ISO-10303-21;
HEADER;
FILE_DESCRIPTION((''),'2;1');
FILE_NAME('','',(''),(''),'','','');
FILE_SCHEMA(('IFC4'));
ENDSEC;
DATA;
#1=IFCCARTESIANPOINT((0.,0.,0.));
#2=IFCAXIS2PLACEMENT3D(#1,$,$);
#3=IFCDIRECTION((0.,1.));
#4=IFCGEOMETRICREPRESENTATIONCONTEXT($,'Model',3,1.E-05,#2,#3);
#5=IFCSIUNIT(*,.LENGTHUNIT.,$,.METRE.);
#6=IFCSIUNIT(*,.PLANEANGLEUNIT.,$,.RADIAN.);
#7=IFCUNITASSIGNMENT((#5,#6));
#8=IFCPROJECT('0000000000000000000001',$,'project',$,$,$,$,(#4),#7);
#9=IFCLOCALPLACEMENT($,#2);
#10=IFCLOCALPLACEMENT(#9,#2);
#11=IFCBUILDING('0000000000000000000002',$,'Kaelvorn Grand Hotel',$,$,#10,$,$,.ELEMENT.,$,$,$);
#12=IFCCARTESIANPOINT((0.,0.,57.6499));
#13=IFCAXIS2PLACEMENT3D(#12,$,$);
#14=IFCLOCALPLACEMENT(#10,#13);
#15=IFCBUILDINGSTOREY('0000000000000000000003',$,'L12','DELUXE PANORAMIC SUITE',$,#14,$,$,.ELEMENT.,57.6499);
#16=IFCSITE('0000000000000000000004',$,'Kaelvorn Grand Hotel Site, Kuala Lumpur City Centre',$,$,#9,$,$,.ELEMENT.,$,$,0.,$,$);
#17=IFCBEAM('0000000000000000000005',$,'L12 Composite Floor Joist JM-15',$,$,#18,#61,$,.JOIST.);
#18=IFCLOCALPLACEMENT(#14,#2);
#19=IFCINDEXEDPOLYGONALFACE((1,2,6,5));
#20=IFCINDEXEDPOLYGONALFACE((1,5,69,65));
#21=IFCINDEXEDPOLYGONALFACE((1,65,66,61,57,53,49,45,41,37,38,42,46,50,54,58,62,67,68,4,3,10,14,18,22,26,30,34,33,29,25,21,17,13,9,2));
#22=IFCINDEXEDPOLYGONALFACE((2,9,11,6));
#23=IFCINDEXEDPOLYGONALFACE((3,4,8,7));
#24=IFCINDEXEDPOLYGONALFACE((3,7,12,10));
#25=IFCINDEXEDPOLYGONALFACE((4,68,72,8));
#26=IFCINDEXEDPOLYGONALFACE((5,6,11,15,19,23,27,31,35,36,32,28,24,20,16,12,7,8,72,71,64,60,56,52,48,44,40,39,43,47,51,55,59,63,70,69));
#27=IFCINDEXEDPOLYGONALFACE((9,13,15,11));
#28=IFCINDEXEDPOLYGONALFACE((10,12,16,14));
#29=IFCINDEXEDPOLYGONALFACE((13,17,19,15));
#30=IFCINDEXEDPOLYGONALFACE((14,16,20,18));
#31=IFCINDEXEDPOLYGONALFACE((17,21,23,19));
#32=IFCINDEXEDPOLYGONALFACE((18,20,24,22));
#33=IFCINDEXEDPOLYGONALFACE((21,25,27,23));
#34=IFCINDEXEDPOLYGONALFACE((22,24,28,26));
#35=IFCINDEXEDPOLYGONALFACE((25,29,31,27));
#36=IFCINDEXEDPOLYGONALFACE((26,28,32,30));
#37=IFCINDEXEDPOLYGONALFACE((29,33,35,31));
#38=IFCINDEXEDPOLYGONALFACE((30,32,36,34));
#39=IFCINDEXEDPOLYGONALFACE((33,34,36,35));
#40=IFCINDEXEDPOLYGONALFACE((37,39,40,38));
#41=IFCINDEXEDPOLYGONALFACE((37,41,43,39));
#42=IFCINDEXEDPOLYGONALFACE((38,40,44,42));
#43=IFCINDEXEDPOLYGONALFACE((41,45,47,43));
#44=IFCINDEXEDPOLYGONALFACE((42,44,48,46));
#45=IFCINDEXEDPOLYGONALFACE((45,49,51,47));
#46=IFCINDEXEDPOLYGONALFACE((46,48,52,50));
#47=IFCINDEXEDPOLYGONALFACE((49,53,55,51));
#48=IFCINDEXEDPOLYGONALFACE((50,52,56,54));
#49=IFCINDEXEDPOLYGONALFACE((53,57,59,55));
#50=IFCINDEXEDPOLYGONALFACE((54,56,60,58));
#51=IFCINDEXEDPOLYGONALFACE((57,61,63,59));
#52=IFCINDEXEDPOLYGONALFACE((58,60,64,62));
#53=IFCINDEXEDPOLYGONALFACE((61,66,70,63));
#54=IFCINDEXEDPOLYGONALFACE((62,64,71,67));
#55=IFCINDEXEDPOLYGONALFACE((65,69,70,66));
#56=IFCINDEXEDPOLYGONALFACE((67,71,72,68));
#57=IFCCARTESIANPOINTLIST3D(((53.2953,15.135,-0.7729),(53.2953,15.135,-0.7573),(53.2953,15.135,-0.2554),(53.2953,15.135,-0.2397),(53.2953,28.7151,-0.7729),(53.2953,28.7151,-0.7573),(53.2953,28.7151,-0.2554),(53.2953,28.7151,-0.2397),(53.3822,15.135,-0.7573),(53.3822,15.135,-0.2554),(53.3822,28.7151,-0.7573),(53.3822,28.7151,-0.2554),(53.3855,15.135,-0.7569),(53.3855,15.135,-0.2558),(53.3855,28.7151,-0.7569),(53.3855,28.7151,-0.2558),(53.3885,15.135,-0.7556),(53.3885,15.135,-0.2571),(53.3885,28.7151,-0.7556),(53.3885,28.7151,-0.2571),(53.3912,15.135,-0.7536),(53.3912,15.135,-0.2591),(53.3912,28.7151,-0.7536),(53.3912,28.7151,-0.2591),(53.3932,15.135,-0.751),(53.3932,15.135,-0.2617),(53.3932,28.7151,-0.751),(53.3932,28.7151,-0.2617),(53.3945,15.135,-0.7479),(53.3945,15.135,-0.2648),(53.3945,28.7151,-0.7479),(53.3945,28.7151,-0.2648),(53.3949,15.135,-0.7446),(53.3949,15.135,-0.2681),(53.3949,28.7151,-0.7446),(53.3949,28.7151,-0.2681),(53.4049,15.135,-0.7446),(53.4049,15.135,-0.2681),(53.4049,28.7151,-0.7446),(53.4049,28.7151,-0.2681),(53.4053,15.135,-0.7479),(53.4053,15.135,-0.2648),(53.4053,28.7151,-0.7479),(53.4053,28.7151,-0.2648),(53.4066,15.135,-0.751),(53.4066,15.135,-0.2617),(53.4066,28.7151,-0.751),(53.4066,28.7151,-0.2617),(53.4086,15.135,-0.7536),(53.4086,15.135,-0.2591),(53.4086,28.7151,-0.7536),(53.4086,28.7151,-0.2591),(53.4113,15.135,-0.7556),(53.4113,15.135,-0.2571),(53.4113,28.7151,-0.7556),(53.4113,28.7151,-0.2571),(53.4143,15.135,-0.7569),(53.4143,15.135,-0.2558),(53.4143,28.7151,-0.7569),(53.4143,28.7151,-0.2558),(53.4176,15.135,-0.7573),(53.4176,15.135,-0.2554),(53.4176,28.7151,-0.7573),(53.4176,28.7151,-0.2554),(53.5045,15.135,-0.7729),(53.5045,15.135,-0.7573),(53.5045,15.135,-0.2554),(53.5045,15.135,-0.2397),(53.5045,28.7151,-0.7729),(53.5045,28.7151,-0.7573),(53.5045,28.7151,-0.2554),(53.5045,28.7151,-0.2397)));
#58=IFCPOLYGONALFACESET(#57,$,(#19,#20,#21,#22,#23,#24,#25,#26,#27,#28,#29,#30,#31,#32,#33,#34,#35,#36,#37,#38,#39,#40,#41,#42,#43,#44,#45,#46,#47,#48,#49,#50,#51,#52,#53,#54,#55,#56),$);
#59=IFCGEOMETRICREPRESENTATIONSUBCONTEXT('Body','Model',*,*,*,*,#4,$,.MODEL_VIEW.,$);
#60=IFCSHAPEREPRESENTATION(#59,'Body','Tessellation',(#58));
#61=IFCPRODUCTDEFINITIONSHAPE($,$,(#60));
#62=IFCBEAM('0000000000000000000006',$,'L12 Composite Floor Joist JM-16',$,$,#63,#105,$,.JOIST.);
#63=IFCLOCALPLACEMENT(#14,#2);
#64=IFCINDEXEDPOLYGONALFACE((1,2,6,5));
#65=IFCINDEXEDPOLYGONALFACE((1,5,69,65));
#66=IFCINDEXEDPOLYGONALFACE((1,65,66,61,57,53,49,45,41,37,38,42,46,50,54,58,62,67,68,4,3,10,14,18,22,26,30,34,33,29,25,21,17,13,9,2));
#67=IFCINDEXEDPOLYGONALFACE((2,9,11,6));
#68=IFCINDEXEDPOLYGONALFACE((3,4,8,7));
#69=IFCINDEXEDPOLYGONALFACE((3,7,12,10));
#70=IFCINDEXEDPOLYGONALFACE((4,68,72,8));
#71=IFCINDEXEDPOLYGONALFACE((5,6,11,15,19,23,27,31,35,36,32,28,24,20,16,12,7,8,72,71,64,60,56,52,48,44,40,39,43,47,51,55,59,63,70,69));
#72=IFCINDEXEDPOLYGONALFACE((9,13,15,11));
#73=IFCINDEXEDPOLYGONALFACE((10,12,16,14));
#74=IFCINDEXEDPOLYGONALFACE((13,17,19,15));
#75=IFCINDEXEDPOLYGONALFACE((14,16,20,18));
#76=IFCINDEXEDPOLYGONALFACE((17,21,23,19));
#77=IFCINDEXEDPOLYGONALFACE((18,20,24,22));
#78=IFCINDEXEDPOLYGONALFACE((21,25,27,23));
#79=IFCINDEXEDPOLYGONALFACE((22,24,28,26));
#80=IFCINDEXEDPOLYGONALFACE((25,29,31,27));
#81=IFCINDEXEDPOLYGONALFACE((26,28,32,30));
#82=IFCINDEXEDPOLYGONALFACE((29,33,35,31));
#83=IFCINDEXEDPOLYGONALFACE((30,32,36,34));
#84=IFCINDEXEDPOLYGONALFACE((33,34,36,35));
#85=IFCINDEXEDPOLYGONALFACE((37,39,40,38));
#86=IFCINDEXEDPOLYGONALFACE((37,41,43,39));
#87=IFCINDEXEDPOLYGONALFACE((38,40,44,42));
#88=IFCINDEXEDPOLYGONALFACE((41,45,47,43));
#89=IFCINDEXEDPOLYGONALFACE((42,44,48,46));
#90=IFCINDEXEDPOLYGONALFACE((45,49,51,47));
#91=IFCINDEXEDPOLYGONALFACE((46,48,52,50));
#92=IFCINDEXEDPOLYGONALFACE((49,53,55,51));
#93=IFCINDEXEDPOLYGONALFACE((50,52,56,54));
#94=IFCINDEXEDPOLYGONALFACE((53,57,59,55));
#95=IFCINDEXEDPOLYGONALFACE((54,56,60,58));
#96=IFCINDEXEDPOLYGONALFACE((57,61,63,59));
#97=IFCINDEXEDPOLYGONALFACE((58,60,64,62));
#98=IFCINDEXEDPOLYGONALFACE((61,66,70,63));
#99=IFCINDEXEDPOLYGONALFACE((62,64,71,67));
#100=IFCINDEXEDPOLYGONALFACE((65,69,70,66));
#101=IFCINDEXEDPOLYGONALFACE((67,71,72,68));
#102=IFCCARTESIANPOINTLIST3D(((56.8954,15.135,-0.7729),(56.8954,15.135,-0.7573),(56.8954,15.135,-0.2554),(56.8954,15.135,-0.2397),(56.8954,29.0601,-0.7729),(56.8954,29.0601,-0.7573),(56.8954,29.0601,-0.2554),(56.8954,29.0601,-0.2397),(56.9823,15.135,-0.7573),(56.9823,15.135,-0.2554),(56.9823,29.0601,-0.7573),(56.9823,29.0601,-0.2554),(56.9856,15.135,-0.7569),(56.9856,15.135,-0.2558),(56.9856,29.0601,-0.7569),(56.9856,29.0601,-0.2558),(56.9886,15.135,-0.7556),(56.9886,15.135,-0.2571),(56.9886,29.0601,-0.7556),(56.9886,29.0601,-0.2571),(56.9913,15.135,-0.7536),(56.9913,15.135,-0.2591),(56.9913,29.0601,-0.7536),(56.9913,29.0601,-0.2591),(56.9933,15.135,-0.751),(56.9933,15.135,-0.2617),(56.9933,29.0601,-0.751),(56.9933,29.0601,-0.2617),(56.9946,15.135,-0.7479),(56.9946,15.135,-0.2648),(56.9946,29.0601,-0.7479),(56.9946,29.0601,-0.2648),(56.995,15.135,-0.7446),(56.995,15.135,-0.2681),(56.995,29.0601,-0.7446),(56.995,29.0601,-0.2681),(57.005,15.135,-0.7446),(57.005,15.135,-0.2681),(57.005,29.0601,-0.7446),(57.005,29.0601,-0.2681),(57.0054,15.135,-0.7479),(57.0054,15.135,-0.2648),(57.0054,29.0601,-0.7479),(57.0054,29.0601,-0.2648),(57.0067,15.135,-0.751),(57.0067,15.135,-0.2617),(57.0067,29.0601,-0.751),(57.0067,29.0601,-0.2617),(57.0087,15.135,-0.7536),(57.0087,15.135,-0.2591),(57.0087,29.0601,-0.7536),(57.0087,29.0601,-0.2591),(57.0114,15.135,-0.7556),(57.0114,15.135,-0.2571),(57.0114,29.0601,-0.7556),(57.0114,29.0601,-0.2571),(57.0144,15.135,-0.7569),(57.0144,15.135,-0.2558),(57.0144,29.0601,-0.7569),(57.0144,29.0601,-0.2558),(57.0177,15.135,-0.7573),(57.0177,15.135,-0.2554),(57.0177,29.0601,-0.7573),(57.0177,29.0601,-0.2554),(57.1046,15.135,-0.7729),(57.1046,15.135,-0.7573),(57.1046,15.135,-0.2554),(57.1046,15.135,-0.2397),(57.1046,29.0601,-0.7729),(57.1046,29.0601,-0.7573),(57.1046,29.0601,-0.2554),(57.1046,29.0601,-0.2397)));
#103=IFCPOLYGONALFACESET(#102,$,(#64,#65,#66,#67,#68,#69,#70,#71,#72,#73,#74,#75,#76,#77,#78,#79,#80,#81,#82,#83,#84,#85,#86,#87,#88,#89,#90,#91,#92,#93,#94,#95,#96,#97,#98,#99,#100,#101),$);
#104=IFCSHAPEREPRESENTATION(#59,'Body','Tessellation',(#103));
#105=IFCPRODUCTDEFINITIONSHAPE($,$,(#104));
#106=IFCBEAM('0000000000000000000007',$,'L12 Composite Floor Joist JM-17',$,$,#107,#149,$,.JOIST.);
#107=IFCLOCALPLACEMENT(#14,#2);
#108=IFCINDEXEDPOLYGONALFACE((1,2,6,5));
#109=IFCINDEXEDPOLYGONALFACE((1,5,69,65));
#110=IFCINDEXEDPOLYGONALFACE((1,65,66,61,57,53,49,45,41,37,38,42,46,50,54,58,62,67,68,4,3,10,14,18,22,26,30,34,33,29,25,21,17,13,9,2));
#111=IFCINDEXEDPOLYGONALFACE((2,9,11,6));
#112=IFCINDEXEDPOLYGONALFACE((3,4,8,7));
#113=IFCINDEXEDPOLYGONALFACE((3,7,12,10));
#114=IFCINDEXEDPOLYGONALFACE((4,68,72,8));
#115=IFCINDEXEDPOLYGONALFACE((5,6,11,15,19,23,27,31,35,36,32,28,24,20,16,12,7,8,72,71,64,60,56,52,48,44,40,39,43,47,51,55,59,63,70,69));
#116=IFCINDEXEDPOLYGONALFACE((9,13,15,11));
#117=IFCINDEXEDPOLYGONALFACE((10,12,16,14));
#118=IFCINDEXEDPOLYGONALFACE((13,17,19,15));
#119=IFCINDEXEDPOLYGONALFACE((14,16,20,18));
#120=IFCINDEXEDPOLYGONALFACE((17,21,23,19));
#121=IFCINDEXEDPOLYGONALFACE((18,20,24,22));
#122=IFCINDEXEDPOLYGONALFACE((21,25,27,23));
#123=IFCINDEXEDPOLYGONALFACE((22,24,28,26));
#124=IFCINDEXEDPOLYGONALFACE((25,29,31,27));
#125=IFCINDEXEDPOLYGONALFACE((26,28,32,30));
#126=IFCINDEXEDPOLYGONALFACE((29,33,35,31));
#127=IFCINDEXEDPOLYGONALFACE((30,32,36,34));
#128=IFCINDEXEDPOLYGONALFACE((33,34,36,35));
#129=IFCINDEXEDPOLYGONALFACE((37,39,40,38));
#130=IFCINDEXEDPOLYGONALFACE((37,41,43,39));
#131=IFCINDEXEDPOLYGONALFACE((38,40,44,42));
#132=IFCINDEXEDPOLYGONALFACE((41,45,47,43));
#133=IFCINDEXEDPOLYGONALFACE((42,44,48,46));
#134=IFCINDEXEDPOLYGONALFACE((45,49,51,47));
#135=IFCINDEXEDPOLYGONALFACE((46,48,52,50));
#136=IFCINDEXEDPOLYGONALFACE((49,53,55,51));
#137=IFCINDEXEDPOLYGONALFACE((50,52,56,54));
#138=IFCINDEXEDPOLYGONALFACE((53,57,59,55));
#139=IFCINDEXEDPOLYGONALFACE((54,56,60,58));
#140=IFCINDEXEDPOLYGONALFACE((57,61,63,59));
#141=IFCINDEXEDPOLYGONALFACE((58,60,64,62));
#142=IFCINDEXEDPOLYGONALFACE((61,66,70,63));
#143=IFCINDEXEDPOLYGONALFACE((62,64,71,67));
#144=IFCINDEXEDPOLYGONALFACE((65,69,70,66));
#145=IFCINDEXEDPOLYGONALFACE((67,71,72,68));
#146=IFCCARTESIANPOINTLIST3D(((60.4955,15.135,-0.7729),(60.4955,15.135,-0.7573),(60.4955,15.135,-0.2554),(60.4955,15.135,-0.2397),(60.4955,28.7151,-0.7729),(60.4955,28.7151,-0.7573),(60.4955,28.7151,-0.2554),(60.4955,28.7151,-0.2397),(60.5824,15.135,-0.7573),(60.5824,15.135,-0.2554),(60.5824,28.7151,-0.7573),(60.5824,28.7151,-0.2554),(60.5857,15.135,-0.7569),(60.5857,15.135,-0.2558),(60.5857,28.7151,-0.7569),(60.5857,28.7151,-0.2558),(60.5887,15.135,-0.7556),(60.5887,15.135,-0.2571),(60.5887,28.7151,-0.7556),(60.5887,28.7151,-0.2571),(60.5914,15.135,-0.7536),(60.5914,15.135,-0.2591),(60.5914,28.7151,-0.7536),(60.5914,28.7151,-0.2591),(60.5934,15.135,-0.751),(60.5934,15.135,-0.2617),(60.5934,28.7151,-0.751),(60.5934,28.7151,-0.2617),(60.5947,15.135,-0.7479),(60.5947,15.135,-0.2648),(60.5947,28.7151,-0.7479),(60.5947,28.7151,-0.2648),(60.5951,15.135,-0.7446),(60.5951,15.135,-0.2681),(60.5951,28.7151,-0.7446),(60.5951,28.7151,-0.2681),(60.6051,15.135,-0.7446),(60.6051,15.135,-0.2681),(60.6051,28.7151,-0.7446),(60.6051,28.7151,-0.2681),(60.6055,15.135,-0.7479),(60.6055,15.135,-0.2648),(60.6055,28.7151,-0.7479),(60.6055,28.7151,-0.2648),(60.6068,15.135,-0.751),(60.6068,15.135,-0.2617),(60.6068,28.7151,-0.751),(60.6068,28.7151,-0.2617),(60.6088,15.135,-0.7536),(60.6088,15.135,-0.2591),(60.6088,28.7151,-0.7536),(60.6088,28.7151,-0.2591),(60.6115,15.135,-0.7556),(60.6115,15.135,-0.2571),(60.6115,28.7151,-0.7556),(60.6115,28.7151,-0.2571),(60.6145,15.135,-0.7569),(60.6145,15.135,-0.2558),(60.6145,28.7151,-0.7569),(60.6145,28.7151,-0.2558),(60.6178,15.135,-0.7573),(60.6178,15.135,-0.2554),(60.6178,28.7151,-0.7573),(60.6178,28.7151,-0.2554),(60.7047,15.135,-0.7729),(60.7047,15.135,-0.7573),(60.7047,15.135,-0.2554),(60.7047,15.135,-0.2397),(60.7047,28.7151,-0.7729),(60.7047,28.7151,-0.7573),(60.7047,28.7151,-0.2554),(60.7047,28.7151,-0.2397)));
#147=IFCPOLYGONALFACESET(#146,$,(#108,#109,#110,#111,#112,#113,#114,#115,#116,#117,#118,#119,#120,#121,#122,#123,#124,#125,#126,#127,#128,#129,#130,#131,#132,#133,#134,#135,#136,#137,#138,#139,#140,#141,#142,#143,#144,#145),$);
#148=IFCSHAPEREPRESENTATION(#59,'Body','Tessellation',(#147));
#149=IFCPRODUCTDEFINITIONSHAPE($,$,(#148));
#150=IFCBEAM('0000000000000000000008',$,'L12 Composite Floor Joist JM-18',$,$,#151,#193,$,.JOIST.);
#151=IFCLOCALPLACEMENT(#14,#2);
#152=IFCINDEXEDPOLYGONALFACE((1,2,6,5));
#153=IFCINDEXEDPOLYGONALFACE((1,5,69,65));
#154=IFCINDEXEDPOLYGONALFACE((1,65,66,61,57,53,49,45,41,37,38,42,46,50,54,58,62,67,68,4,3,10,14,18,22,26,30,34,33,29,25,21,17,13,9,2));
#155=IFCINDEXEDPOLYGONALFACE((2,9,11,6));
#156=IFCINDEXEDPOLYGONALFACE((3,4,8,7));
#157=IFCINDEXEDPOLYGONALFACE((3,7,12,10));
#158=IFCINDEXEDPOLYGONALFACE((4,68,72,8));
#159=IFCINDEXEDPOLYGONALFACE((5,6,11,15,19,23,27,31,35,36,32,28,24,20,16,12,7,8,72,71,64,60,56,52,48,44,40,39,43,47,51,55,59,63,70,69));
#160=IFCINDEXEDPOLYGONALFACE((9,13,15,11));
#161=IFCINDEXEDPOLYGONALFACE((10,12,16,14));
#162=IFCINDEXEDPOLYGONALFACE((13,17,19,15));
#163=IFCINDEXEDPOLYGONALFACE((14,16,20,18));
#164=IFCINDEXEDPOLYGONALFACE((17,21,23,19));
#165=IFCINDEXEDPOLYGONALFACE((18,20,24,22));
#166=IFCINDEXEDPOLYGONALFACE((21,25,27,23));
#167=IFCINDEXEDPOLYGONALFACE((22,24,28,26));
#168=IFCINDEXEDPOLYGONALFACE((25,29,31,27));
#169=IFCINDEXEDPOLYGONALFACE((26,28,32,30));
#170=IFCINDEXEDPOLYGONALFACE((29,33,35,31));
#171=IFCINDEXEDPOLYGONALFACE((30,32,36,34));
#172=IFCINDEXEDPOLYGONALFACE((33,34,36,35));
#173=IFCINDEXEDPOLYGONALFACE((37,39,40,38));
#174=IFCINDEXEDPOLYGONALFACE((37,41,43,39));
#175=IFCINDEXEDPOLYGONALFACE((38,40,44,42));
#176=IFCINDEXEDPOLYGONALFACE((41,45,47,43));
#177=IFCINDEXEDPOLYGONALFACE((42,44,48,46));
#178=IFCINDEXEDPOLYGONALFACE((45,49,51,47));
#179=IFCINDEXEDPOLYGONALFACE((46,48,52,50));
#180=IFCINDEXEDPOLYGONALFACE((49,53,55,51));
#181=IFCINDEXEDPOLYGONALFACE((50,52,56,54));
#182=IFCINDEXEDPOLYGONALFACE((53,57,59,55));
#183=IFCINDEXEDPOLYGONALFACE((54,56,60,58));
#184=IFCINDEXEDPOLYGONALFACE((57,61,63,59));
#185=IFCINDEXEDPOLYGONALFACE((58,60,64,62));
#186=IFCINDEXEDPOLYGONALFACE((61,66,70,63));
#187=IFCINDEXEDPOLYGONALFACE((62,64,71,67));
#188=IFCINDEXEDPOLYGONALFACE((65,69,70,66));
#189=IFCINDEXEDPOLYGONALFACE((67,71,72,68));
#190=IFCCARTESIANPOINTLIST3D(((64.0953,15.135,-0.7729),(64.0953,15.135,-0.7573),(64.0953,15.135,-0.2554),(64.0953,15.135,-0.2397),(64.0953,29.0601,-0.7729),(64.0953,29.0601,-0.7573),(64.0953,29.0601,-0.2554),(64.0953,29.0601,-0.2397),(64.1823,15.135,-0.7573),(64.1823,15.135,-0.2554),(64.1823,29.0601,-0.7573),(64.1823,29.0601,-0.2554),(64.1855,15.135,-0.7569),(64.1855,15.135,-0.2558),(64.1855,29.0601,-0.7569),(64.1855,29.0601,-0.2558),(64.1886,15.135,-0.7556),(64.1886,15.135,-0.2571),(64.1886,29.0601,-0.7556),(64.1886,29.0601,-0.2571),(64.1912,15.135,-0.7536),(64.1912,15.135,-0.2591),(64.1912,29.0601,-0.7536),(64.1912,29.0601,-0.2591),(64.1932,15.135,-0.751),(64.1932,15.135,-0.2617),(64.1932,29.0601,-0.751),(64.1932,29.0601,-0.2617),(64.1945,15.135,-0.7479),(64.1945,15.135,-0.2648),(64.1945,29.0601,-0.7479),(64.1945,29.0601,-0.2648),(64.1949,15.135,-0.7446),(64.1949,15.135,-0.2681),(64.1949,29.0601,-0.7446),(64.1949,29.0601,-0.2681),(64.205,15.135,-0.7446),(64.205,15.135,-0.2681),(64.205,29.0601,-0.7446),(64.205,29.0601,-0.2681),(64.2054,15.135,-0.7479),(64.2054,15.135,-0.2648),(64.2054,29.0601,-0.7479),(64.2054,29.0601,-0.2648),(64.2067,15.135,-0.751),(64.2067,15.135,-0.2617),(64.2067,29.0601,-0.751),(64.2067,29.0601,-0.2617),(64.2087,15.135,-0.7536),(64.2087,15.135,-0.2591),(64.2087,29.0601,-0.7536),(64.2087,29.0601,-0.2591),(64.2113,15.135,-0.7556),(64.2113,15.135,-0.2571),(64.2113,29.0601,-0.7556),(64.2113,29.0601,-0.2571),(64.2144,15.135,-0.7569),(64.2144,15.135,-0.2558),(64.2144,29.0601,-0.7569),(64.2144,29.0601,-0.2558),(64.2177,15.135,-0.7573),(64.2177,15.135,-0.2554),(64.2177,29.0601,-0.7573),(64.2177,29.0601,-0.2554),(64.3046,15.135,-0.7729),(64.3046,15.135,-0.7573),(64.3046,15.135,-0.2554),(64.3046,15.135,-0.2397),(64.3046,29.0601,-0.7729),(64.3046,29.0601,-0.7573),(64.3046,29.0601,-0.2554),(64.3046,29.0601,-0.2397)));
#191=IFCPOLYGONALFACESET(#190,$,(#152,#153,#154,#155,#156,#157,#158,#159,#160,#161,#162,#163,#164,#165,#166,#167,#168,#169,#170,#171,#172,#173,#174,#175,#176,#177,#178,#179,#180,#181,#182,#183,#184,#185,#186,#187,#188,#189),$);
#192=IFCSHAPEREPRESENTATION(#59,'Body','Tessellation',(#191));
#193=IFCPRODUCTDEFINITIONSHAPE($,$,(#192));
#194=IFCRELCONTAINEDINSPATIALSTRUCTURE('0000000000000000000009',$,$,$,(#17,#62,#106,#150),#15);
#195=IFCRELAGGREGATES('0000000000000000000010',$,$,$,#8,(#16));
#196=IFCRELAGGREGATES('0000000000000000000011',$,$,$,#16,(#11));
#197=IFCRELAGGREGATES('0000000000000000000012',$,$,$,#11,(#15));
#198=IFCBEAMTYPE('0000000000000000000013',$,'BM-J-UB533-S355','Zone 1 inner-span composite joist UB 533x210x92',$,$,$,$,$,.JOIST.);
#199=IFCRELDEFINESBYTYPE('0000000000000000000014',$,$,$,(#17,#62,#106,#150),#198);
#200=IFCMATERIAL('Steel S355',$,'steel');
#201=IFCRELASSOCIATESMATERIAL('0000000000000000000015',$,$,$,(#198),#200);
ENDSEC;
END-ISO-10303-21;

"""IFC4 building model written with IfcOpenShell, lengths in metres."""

from ifc_helpers import new_model, si_unit, direction, frame, origin, origin_2d, place, context, subcontext, project, spatial, i_section, extrude, material, material_profile, profile_set, type_object, element, save


model = new_model("IFC4")

# Units and contexts
model_context = context("Model", 3, precision=1e-05, world=origin(), true_north=direction((0.0, 1.0)))
body_context = subcontext(model_context, "Body", "Model", "MODEL_VIEW")
ifc_project = project(units=[si_unit("LENGTHUNIT", "METRE"), si_unit("PLANEANGLEUNIT", "RADIAN")], contexts=[model_context])

# Site, building, storey
site_placement = place(None, origin())
site = spatial("IfcSite", under=ifc_project, at=site_placement, Name="Kaelvorn Grand Hotel Site, Kuala Lumpur City Centre", CompositionType="ELEMENT", RefElevation=0.0)
building_placement = place(site_placement, origin())
building = spatial("IfcBuilding", under=site, at=building_placement, Name="Kaelvorn Grand Hotel", CompositionType="ELEMENT")
storey_placement = place(building_placement, frame((0.0, 0.0, 57.6499)))
storey = spatial("IfcBuildingStorey", under=building, at=storey_placement, Name="L12", Description="DELUXE PANORAMIC SUITE", CompositionType="ELEMENT", Elevation=57.6499)

# Beams
ifc_material_1 = material(Name="Steel S355", Category="steel")
ifc_material_profile = material_profile(ifc_material_1, i_section(OverallWidth=0.2092, OverallDepth=0.5332, WebThickness=0.01, FlangeThickness=0.0156, FilletRadius=0.0127, at=origin_2d()), Name="UB 533x210x92")
ifc_profile_set = profile_set([ifc_material_profile], Name="Steel S355")
beam_type = type_object("IfcBeamType", Name="BM-J-UB533-S355", Description="Zone 1 inner-span composite joist UB 533x210x92", PredefinedType="JOIST", material=ifc_profile_set)
beam_1_placement = place(storey_placement, frame((53.3999, 15.135, -0.5063), z_axis=(0.0, 1.0, 0.0), x_axis=(-1.0, 0.0, 0.0)))
element("IfcBeam", 1, at=beam_1_placement, inside=storey, type_object=beam_type, Name="L12 Composite Floor Joist JM-15", PredefinedType="JOIST", context=body_context, shape_type="SweptSolid", body=[
    extrude(i_section(OverallWidth=0.2092, OverallDepth=0.5332, WebThickness=0.01, FlangeThickness=0.0156, FilletRadius=0.0127, at=origin_2d()), origin(), (0.0, 0.0, 1.0), 13.5801),
])
beam_2_placement = place(storey_placement, frame((57.0, 15.135, -0.5063), z_axis=(0.0, 1.0, 0.0), x_axis=(-1.0, 0.0, 0.0)))
element("IfcBeam", 2, at=beam_2_placement, inside=storey, type_object=beam_type, Name="L12 Composite Floor Joist JM-16", PredefinedType="JOIST", context=body_context, shape_type="SweptSolid", body=[
    extrude(i_section(OverallWidth=0.2092, OverallDepth=0.5332, WebThickness=0.01, FlangeThickness=0.0156, FilletRadius=0.0127, at=origin_2d()), origin(), (0.0, 0.0, 1.0), 13.925),
])
beam_3_placement = place(storey_placement, frame((60.6001, 15.135, -0.5063), z_axis=(0.0, 1.0, 0.0), x_axis=(-1.0, 0.0, 0.0)))
element("IfcBeam", 3, at=beam_3_placement, inside=storey, type_object=beam_type, Name="L12 Composite Floor Joist JM-17", PredefinedType="JOIST", context=body_context, shape_type="SweptSolid", body=[
    extrude(i_section(OverallWidth=0.2092, OverallDepth=0.5332, WebThickness=0.01, FlangeThickness=0.0156, FilletRadius=0.0127, at=origin_2d()), origin(), (0.0, 0.0, 1.0), 13.5801),
])
beam_4_placement = place(storey_placement, frame((64.2, 15.135, -0.5063), z_axis=(0.0, 1.0, 0.0), x_axis=(-1.0, 0.0, 0.0)))
element("IfcBeam", 4, at=beam_4_placement, inside=storey, type_object=beam_type, Name="L12 Composite Floor Joist JM-18", PredefinedType="JOIST", context=body_context, shape_type="SweptSolid", body=[
    extrude(i_section(OverallWidth=0.2092, OverallDepth=0.5332, WebThickness=0.01, FlangeThickness=0.0156, FilletRadius=0.0127, at=origin_2d()), origin(), (0.0, 0.0, 1.0), 13.925),
])

save(model, "model.ifc")
